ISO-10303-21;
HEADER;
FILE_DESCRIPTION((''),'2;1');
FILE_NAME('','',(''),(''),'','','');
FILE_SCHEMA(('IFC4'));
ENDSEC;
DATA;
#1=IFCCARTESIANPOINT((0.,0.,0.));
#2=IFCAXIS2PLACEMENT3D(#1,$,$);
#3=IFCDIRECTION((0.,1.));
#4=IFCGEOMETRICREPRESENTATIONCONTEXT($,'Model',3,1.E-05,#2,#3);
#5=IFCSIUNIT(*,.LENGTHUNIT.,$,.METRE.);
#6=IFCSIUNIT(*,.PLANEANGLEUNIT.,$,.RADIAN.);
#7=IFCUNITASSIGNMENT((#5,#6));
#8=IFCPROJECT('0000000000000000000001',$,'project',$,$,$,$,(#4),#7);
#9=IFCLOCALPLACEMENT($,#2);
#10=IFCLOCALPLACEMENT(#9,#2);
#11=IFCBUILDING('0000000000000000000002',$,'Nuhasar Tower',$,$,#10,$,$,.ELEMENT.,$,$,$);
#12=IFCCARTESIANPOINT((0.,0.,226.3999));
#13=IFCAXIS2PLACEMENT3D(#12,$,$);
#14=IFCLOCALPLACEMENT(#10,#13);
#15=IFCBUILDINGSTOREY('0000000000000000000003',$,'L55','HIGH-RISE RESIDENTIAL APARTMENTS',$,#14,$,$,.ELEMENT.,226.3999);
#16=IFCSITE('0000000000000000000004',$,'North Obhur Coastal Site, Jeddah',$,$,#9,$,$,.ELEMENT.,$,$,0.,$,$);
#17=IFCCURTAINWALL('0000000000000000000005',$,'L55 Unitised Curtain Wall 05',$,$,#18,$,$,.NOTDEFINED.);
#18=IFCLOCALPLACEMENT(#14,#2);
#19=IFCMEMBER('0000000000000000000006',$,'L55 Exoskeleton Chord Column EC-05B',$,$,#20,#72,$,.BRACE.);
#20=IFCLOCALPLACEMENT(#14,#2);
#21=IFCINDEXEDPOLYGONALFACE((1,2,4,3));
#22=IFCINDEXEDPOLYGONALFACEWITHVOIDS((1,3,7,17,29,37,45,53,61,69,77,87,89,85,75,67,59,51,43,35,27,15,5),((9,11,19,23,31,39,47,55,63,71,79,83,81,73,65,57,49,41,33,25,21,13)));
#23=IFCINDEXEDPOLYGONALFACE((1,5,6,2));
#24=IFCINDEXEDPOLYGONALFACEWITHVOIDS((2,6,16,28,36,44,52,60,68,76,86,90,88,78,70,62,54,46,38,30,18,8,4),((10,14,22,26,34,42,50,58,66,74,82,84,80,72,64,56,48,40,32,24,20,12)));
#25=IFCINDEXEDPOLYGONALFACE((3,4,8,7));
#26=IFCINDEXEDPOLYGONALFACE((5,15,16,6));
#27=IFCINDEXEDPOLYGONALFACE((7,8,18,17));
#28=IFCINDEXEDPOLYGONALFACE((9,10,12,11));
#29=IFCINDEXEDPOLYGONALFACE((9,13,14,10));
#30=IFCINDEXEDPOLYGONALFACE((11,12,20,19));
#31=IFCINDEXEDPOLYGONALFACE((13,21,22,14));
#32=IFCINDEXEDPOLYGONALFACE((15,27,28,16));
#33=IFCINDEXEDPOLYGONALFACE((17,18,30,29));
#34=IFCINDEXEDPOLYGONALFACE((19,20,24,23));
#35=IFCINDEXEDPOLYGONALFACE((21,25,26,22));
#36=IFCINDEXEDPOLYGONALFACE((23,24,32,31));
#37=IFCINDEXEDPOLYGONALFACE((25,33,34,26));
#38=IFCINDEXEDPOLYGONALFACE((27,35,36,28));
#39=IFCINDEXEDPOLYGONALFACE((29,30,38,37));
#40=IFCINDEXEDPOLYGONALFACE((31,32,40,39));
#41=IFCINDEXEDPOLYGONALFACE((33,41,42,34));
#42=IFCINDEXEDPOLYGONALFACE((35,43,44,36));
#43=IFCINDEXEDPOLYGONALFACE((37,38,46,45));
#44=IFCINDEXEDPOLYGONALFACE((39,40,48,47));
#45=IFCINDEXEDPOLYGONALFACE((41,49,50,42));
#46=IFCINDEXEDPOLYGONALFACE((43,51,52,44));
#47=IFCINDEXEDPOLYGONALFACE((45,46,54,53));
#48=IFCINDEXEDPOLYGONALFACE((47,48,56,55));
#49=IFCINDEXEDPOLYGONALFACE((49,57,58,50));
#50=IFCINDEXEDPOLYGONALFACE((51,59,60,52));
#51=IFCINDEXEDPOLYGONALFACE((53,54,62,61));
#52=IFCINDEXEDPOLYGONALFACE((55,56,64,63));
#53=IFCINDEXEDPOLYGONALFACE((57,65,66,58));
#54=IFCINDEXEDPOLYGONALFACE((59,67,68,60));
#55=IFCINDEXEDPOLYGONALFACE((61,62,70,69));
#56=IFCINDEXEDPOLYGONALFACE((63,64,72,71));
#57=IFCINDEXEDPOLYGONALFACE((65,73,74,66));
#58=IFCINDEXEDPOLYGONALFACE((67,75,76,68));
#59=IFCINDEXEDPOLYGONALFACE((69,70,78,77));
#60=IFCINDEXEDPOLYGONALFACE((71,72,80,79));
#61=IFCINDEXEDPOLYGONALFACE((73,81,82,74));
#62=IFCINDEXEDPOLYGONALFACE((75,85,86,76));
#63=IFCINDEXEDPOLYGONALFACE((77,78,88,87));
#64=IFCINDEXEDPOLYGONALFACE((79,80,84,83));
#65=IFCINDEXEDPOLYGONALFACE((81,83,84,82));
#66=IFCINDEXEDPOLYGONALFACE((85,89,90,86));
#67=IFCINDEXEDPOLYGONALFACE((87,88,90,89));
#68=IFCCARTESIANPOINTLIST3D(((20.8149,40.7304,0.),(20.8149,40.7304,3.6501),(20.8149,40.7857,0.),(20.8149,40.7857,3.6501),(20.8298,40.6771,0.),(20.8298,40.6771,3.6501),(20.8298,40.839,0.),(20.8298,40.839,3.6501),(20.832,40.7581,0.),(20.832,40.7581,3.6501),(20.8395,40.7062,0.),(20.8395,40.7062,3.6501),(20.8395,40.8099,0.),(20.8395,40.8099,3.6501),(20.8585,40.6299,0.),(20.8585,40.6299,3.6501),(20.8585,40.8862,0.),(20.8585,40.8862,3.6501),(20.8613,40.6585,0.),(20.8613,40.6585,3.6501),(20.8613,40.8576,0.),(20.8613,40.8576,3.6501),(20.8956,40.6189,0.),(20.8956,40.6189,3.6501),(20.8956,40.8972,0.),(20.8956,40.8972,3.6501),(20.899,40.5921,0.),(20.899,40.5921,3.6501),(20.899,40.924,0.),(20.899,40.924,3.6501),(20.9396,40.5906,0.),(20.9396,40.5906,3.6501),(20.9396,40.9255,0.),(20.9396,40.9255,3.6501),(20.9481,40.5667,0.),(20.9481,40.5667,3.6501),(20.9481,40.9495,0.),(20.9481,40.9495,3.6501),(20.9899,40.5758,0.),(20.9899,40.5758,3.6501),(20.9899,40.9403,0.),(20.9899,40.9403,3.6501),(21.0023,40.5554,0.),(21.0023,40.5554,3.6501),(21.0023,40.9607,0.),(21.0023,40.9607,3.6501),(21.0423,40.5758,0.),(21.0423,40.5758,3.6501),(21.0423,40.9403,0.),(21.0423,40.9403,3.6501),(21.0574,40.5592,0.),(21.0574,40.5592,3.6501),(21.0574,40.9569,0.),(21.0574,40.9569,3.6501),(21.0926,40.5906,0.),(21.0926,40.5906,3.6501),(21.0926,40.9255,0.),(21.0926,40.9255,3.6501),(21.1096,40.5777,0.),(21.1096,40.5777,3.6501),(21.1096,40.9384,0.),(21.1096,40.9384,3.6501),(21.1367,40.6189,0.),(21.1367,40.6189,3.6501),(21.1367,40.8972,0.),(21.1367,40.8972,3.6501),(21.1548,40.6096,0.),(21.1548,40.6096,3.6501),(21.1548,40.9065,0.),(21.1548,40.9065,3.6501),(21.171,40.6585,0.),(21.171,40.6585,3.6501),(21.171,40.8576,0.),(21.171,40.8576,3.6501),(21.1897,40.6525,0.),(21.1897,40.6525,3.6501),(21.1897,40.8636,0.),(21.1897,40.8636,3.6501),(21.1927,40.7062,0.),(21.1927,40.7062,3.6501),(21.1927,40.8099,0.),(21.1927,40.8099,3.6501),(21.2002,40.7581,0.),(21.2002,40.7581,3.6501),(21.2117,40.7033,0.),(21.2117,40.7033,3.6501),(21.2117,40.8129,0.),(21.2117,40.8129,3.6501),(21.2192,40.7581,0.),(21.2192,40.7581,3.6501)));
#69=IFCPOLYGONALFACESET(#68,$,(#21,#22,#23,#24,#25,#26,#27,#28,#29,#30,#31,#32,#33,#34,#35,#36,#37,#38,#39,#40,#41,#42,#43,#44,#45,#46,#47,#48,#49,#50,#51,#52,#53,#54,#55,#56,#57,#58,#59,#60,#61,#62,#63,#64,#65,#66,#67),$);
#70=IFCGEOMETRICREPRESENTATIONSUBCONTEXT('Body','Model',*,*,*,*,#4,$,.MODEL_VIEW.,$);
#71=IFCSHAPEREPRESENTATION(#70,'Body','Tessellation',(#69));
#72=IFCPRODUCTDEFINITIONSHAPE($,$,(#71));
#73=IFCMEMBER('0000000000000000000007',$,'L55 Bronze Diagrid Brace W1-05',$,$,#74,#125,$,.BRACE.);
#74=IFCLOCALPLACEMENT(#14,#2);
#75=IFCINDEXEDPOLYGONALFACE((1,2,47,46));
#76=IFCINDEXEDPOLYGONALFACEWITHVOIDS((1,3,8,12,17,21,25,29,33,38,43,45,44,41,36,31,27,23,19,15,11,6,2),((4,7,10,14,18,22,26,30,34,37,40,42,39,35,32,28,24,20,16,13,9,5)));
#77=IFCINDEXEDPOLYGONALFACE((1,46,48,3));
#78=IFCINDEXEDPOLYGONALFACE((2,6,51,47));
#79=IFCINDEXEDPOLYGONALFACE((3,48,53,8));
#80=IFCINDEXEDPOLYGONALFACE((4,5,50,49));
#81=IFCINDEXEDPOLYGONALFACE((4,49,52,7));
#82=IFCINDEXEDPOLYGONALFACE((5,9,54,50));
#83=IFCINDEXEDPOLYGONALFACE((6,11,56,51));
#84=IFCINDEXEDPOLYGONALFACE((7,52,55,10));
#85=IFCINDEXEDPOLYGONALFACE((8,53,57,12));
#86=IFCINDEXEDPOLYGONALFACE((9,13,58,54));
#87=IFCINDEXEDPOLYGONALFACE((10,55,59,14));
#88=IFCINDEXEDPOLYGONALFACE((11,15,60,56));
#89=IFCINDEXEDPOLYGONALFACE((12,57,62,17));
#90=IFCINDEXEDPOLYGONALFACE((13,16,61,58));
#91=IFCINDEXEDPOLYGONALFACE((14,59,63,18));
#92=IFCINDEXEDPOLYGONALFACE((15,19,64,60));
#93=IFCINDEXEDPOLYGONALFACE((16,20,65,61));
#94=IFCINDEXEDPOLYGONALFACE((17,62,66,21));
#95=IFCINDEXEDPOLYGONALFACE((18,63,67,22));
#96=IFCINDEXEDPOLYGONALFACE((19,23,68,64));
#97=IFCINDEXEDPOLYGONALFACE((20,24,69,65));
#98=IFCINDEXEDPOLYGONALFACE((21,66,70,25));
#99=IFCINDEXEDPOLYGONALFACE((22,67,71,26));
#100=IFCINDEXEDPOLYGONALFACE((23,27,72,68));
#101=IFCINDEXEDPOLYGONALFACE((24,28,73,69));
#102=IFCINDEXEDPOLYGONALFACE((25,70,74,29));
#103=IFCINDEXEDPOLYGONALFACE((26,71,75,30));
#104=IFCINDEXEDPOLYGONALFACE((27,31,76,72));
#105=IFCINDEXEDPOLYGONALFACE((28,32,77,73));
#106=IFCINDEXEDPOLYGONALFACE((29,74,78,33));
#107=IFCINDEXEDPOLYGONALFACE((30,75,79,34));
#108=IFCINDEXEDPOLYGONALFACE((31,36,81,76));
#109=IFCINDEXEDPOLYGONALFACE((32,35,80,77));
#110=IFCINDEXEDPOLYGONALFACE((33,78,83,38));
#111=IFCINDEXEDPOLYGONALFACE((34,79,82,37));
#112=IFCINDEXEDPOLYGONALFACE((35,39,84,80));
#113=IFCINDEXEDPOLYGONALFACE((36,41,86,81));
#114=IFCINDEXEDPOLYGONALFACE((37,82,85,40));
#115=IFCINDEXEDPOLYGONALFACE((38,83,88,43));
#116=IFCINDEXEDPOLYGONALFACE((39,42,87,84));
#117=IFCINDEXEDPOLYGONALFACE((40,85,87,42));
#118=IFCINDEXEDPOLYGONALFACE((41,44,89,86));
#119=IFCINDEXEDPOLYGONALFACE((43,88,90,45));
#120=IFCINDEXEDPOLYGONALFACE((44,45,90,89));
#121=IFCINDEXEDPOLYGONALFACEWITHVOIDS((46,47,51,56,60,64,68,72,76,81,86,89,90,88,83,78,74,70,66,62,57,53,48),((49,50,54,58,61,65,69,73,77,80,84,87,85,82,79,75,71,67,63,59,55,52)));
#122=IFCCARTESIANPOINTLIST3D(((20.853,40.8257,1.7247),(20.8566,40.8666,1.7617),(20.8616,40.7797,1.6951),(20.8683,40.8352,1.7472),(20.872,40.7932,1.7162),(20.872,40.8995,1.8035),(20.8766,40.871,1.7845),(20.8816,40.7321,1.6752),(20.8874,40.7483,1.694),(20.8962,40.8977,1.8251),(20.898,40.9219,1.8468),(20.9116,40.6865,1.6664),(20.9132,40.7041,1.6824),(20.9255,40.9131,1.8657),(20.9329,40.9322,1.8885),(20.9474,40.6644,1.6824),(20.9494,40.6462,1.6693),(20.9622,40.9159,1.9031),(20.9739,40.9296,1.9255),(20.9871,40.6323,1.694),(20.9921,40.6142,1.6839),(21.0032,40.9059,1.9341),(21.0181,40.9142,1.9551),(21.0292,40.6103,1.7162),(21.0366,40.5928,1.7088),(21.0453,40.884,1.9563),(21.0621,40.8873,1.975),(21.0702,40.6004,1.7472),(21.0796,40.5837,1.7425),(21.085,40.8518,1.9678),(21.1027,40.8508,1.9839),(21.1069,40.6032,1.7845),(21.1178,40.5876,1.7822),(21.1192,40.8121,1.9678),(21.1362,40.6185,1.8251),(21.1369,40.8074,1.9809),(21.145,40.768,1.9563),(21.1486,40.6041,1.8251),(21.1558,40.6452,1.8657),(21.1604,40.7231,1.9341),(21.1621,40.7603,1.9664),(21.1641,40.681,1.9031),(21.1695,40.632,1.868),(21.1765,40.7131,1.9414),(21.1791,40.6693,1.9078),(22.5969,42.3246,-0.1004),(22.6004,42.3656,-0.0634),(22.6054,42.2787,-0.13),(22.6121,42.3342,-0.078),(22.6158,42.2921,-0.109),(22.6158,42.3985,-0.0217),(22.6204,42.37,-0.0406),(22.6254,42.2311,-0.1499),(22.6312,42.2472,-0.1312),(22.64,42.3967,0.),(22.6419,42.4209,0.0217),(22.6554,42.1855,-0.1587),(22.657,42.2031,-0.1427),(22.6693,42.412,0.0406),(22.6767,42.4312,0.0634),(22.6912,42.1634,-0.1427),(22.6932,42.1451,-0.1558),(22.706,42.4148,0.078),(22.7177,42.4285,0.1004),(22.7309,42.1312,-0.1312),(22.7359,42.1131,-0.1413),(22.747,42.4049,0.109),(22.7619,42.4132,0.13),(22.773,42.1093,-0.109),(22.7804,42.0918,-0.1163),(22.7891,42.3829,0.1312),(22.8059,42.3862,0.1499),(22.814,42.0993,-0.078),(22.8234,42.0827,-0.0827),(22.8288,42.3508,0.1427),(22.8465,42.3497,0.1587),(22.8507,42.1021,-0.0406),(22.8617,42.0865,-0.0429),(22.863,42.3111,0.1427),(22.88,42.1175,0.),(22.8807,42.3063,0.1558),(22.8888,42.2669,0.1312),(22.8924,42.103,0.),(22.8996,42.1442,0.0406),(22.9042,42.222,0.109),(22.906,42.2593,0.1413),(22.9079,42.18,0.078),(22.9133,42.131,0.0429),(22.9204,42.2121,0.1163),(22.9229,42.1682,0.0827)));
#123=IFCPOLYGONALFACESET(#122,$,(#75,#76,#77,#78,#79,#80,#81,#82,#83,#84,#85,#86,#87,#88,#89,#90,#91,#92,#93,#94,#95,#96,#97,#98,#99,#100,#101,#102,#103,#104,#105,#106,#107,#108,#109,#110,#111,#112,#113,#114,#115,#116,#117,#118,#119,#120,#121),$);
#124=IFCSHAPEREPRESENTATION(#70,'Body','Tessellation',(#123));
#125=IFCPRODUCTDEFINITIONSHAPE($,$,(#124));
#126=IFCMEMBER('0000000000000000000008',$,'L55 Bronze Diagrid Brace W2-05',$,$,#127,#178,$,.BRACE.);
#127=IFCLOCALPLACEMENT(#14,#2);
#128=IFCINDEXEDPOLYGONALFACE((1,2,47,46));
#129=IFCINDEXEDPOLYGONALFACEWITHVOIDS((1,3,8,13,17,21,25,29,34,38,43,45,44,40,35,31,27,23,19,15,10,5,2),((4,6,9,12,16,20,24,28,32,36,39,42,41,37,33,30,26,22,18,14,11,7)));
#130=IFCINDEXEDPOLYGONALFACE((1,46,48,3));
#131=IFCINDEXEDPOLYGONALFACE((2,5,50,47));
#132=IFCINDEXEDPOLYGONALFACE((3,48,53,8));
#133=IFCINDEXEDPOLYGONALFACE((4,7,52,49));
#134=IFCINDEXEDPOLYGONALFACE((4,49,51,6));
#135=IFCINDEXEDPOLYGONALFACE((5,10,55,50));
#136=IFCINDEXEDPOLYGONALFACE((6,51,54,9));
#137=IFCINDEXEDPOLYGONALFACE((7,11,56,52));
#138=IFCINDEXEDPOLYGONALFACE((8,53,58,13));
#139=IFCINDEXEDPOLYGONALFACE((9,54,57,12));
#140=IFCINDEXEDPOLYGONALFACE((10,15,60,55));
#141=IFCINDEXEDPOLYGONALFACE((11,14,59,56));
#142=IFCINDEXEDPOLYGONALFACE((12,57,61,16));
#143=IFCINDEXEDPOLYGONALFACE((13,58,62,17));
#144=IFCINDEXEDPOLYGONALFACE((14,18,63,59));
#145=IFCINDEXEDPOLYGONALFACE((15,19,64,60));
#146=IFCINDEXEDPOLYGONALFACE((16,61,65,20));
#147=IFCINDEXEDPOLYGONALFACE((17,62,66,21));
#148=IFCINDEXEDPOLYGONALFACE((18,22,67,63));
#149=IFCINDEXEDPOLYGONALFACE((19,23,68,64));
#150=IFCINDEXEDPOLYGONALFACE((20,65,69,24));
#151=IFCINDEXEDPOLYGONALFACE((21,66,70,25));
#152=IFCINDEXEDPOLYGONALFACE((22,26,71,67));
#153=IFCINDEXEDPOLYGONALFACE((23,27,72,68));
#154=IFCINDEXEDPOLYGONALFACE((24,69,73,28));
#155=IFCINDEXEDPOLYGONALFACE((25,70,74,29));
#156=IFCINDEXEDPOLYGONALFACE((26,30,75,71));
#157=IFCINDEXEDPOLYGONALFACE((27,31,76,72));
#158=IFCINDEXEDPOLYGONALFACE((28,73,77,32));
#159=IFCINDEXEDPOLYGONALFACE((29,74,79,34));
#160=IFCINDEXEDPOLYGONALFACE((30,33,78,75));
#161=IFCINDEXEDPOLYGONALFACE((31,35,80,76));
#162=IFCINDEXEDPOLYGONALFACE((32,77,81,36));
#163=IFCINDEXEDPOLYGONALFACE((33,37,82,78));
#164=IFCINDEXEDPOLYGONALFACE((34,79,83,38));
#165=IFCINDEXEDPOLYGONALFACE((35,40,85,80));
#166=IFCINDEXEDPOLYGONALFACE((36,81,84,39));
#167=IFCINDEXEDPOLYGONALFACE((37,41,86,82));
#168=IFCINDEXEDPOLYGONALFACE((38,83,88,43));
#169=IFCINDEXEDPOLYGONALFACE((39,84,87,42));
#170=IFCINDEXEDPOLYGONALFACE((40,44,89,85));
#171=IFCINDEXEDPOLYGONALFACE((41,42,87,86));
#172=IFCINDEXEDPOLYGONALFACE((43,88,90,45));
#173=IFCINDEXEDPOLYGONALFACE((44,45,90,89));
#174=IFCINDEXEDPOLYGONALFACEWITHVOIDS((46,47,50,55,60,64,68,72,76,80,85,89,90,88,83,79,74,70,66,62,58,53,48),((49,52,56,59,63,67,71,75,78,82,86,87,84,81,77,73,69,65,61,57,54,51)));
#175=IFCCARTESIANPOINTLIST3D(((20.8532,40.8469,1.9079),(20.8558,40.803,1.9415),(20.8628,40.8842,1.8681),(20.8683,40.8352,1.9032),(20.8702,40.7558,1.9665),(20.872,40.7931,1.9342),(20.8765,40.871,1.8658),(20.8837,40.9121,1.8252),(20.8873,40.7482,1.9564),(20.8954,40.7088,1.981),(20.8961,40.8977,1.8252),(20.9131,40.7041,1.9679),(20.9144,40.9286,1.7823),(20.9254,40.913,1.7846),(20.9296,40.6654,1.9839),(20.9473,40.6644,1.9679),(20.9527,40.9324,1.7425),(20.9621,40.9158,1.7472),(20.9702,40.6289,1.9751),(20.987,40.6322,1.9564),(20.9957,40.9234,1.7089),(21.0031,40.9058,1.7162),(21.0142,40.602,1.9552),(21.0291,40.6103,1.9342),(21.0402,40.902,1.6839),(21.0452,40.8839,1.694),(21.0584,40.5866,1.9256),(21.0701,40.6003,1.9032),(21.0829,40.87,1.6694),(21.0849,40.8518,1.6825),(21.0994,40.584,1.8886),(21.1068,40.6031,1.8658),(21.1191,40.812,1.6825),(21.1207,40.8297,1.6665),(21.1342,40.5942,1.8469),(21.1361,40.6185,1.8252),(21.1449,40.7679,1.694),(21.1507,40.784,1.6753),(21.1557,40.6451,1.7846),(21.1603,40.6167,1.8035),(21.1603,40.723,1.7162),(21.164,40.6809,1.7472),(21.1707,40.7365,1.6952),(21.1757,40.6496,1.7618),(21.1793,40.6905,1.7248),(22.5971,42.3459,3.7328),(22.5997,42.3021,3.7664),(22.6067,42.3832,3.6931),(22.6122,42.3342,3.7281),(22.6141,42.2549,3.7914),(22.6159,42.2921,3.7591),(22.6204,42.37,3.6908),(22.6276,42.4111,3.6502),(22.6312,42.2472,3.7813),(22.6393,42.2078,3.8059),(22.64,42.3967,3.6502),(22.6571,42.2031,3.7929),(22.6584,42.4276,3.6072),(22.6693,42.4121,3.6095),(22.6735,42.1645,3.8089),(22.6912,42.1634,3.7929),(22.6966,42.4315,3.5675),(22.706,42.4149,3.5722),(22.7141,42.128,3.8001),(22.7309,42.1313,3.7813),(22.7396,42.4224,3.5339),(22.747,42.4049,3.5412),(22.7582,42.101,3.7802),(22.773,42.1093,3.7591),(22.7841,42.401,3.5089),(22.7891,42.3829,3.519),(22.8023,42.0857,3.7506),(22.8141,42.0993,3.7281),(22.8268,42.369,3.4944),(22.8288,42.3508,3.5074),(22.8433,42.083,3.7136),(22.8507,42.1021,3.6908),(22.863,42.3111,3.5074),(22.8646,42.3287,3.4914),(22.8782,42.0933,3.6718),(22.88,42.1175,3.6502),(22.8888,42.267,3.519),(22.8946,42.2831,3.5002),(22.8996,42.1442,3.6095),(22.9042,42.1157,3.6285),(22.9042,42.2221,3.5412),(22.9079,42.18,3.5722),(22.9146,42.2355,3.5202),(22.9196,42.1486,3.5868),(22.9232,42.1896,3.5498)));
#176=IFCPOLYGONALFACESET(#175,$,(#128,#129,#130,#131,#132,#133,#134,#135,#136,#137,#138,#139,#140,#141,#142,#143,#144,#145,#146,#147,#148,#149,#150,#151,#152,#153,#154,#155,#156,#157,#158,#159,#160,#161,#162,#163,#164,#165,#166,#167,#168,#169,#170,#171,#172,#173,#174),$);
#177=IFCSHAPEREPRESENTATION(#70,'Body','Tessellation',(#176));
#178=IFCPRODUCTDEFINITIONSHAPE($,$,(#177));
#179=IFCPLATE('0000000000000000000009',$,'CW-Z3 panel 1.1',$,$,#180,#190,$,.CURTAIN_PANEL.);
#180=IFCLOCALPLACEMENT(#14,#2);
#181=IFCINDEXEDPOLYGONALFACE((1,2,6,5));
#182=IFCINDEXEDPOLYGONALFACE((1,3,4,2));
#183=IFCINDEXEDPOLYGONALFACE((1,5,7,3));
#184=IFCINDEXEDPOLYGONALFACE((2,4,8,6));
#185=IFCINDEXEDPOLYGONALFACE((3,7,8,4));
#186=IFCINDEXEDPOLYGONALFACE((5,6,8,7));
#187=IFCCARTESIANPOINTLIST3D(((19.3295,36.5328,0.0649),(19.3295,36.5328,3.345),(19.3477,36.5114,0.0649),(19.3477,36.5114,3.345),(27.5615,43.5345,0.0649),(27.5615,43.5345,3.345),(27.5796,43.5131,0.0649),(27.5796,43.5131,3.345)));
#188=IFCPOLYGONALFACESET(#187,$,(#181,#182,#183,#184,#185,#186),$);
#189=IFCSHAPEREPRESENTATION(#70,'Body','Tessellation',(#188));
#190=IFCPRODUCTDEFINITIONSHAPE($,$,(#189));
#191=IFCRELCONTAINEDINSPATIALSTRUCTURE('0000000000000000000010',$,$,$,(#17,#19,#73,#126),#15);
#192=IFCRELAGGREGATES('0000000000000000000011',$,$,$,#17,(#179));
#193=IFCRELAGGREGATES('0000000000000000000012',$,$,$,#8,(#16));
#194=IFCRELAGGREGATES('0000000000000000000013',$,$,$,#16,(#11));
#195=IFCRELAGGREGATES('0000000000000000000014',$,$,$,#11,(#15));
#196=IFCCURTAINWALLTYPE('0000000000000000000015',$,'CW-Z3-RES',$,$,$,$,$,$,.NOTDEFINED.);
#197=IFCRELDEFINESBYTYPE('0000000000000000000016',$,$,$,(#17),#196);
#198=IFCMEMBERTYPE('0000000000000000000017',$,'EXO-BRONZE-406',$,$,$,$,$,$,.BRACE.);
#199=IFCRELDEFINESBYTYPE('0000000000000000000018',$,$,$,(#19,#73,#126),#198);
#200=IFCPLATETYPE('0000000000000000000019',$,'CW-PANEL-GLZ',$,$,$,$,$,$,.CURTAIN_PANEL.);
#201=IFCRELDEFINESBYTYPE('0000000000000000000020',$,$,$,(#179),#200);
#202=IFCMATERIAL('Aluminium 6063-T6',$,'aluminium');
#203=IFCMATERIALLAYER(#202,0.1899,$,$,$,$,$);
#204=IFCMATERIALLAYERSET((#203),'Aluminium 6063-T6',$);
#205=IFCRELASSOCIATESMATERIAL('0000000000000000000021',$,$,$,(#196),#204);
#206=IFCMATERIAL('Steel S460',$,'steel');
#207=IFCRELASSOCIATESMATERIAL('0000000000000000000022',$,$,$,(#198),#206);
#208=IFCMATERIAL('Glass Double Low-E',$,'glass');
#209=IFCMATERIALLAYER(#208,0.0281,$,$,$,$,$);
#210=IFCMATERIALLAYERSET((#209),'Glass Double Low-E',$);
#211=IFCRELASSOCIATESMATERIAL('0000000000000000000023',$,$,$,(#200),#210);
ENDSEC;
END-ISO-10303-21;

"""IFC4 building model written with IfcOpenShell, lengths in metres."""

from ifc_helpers import new_model, si_unit, direction, frame, origin, origin_2d, place, context, subcontext, project, spatial, rectangle, hollow_circle, extrude, material, layer, layer_set, material_profile, profile_set, type_object, element, aggregate, save


model = new_model("IFC4")

# Units and contexts
model_context = context("Model", 3, precision=1e-05, world=origin(), true_north=direction((0.0, 1.0)))
body_context = subcontext(model_context, "Body", "Model", "MODEL_VIEW")
ifc_project = project(units=[si_unit("LENGTHUNIT", "METRE"), si_unit("PLANEANGLEUNIT", "RADIAN")], contexts=[model_context])

# Site, building, storey
site_placement = place(None, origin())
site = spatial("IfcSite", under=ifc_project, at=site_placement, Name="North Obhur Coastal Site, Jeddah", CompositionType="ELEMENT", RefElevation=0.0)
building_placement = place(site_placement, origin())
building = spatial("IfcBuilding", under=site, at=building_placement, Name="Nuhasar Tower", CompositionType="ELEMENT")
storey_placement = place(building_placement, frame((0.0, 0.0, 226.3999)))
storey = spatial("IfcBuildingStorey", under=building, at=storey_placement, Name="L55", Description="HIGH-RISE RESIDENTIAL APARTMENTS", CompositionType="ELEMENT", Elevation=226.3999)

# Shared definitions
ifc_material_1 = material(Name="Aluminium 6063-T6", Category="aluminium")
ifc_layer_1 = layer(ifc_material_1, 0.1899)
ifc_layer_set_1 = layer_set([ifc_layer_1], Name="Aluminium 6063-T6")
curtain_wall_type = type_object("IfcCurtainWallType", Name="CW-Z3-RES", PredefinedType="NOTDEFINED", material=ifc_layer_set_1)

# Curtain wall
curtain_wall_1_placement = place(storey_placement, origin())
curtain_wall_1 = element("IfcCurtainWall", 1, at=curtain_wall_1_placement, inside=storey, type_object=curtain_wall_type, Name="L55 Unitised Curtain Wall 05", PredefinedType="NOTDEFINED")

# Members
ifc_material_2 = material(Name="Steel S460", Category="steel")
ifc_material_profile_1 = material_profile(ifc_material_2, hollow_circle(Radius=0.2031, WallThickness=0.019, at=origin_2d()), Name="HSS406.4X19.1")
ifc_profile_set_1 = profile_set([ifc_material_profile_1], Name="Steel S460")
member_type_1 = type_object("IfcMemberType", Name="EXO-BRONZE-406", PredefinedType="BRACE", material=ifc_profile_set_1)
for number, where, z_axis, x_axis, name in (
    (2, (21.0161, 40.7581, 0.0), (0.0, 0.0, 1.0), (1.0, 0.0, 0.0), "L55 Exoskeleton Chord Column EC-05B"),
):
    element("IfcMember", number, at=place(storey_placement, frame(where, z_axis=z_axis, x_axis=x_axis)), inside=storey, type_object=member_type_1, Name=name, PredefinedType="BRACE", context=body_context, shape_type="SweptSolid", body=[
        extrude(hollow_circle(Radius=0.2031, WallThickness=0.019, at=origin_2d()), origin(), (0.0, 0.0, 1.0), 3.6501),
    ])
for number, where, z_axis, x_axis, name in (
    (3, (22.76, 42.2571, 0.0), (-0.593988, -0.510582, 0.621679), (0.651857, -0.758342, 0.0), "L55 Bronze Diagrid Brace W1-05"),
    (4, (21.0161, 40.7581, 1.8252), (0.594019, 0.510608, 0.621628), (-0.651857, 0.758342, 0.0), "L55 Bronze Diagrid Brace W2-05"),
):
    element("IfcMember", number, at=place(storey_placement, frame(where, z_axis=z_axis, x_axis=x_axis)), inside=storey, type_object=member_type_1, Name=name, PredefinedType="BRACE", context=body_context, shape_type="SweptSolid", body=[
        extrude(hollow_circle(Radius=0.2031, WallThickness=0.019, at=origin_2d()), origin(), (0.0, 0.0, 1.0), 2.9358),
    ])

# Plate
ifc_material_3 = material(Name="Glass Double Low-E", Category="glass")
ifc_layer_2 = layer(ifc_material_3, 0.0281)
ifc_layer_set_2 = layer_set([ifc_layer_2], Name="Glass Double Low-E")
plate_type = type_object("IfcPlateType", Name="CW-PANEL-GLZ", PredefinedType="CURTAIN_PANEL", material=ifc_layer_set_2)
plate_placement = place(storey_placement, frame((23.4546, 40.0229, 0.0649), z_axis=(0.0, 0.0, 1.0), x_axis=(-0.761729, -0.647895, 0.0)))
plate = element("IfcPlate", 5, at=plate_placement, type_object=plate_type, Name="CW-Z3 panel 1.1", PredefinedType="CURTAIN_PANEL", context=body_context, shape_type="SweptSolid", body=[
    extrude(rectangle(XDim=10.8069, YDim=0.0281, at=origin_2d()), origin(), (0.0, 0.0, 1.0), 3.28),
])
aggregate(curtain_wall_1, [plate])

save(model, "model.ifc")
